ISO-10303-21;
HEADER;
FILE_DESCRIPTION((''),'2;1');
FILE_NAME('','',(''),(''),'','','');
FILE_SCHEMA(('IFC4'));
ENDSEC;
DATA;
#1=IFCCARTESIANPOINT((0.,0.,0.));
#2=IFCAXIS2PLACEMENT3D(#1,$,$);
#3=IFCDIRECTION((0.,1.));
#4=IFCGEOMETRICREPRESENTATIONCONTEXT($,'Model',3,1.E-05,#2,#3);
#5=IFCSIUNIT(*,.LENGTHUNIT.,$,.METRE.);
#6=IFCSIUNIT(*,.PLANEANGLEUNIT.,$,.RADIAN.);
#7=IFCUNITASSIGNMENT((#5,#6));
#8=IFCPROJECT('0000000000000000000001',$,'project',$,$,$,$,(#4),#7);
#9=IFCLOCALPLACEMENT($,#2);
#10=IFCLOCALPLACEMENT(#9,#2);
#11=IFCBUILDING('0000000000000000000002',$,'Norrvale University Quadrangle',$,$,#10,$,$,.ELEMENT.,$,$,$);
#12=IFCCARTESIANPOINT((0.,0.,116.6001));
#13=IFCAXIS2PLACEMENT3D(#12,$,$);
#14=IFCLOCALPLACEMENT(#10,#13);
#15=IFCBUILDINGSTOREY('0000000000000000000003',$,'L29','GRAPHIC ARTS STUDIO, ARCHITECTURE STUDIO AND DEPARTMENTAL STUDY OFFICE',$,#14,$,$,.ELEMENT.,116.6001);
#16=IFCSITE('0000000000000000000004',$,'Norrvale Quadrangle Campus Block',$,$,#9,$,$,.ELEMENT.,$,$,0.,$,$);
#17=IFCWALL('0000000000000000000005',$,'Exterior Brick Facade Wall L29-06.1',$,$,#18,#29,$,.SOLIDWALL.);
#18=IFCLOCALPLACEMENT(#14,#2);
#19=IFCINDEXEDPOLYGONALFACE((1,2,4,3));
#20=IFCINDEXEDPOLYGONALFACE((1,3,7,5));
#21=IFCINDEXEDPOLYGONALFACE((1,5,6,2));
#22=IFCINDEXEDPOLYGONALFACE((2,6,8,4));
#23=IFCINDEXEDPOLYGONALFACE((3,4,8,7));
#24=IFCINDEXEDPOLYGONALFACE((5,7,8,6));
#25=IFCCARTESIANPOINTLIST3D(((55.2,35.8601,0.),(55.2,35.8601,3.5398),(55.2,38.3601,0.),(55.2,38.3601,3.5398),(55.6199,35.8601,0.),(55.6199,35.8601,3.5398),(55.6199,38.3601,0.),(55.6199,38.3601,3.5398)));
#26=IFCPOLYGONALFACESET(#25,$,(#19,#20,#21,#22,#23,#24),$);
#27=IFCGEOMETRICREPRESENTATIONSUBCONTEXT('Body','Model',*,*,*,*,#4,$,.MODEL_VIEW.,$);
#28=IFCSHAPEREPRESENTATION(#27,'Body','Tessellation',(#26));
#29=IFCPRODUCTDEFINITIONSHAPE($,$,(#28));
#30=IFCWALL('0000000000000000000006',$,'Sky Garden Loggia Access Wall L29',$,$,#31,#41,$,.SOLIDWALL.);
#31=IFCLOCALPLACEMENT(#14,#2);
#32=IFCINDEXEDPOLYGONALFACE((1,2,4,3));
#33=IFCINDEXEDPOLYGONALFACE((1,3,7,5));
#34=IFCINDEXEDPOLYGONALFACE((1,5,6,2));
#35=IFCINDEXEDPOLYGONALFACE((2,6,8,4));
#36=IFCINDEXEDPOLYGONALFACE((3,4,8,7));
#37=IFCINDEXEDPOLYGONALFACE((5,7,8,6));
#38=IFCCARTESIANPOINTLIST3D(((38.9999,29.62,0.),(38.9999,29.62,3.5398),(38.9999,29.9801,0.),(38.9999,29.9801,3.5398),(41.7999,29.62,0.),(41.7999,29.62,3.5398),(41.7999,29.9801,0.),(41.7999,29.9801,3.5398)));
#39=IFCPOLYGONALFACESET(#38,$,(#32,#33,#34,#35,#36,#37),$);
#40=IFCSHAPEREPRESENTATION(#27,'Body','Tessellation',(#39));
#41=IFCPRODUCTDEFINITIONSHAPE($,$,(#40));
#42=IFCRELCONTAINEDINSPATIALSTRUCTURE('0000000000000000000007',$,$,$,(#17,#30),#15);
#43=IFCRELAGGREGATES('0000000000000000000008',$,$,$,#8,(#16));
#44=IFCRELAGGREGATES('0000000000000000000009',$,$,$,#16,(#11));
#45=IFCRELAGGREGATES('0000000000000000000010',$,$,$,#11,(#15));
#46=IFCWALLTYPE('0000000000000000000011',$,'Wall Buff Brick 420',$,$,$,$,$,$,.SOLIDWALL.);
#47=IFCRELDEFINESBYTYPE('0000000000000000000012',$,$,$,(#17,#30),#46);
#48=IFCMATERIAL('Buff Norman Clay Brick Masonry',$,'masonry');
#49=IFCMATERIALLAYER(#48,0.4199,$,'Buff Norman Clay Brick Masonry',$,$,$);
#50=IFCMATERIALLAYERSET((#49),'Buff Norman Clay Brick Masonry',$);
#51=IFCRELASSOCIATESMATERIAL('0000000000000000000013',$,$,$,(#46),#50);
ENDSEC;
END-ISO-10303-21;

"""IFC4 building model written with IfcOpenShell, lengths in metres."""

from ifc_helpers import new_model, si_unit, direction, frame, frame_2d, origin, place, context, subcontext, project, spatial, rectangle, extrude, material, layer, layer_set, type_object, element, save


model = new_model("IFC4")

# Units and contexts
model_context = context("Model", 3, precision=1e-05, world=origin(), true_north=direction((0.0, 1.0)))
body_context = subcontext(model_context, "Body", "Model", "MODEL_VIEW")
ifc_project = project(units=[si_unit("LENGTHUNIT", "METRE"), si_unit("PLANEANGLEUNIT", "RADIAN")], contexts=[model_context])

# Site, building, storey
site_placement = place(None, origin())
site = spatial("IfcSite", under=ifc_project, at=site_placement, Name="Norrvale Quadrangle Campus Block", CompositionType="ELEMENT", RefElevation=0.0)
building_placement = place(site_placement, origin())
building = spatial("IfcBuilding", under=site, at=building_placement, Name="Norrvale University Quadrangle", CompositionType="ELEMENT")
storey_placement = place(building_placement, frame((0.0, 0.0, 116.6001)))
storey = spatial("IfcBuildingStorey", under=building, at=storey_placement, Name="L29", Description="GRAPHIC ARTS STUDIO, ARCHITECTURE STUDIO AND DEPARTMENTAL STUDY OFFICE", CompositionType="ELEMENT", Elevation=116.6001)

# Walls
ifc_material_1 = material(Name="Buff Norman Clay Brick Masonry", Category="masonry")
ifc_layer_1 = layer(ifc_material_1, 0.4199, Name="Buff Norman Clay Brick Masonry")
ifc_layer_set_1 = layer_set([ifc_layer_1], Name="Buff Norman Clay Brick Masonry")
wall_type = type_object("IfcWallType", Name="Wall Buff Brick 420", PredefinedType="SOLIDWALL", material=ifc_layer_set_1)
for number, where, z_axis, x_axis, name in (
    (1, (55.4099, 35.8601, 0.0), (0.0, 0.0, 1.0), (0.0, 1.0, 0.0), "Exterior Brick Facade Wall L29-06.1"),
):
    element("IfcWall", number, at=place(storey_placement, frame(where, z_axis=z_axis, x_axis=x_axis)), inside=storey, type_object=wall_type, Name=name, PredefinedType="SOLIDWALL", context=body_context, shape_type="SweptSolid", body=[
        extrude(rectangle(XDim=2.5, YDim=0.4199, at=frame_2d((1.25, 0.0))), origin(), (0.0, 0.0, 1.0), 3.5398),
    ])
wall_placement = place(storey_placement, frame((39.0, 29.8, 0.0), z_axis=(0.0, 0.0, 1.0), x_axis=(1.0, 0.0, 0.0)))
element("IfcWall", 2, at=wall_placement, inside=storey, type_object=wall_type, Name="Sky Garden Loggia Access Wall L29", PredefinedType="SOLIDWALL", context=body_context, shape_type="SweptSolid", body=[
    extrude(rectangle(XDim=2.8, YDim=0.3601, at=frame_2d((1.3999, 0.0))), origin(), (0.0, 0.0, 1.0), 3.5398),
])

save(model, "model.ifc")
